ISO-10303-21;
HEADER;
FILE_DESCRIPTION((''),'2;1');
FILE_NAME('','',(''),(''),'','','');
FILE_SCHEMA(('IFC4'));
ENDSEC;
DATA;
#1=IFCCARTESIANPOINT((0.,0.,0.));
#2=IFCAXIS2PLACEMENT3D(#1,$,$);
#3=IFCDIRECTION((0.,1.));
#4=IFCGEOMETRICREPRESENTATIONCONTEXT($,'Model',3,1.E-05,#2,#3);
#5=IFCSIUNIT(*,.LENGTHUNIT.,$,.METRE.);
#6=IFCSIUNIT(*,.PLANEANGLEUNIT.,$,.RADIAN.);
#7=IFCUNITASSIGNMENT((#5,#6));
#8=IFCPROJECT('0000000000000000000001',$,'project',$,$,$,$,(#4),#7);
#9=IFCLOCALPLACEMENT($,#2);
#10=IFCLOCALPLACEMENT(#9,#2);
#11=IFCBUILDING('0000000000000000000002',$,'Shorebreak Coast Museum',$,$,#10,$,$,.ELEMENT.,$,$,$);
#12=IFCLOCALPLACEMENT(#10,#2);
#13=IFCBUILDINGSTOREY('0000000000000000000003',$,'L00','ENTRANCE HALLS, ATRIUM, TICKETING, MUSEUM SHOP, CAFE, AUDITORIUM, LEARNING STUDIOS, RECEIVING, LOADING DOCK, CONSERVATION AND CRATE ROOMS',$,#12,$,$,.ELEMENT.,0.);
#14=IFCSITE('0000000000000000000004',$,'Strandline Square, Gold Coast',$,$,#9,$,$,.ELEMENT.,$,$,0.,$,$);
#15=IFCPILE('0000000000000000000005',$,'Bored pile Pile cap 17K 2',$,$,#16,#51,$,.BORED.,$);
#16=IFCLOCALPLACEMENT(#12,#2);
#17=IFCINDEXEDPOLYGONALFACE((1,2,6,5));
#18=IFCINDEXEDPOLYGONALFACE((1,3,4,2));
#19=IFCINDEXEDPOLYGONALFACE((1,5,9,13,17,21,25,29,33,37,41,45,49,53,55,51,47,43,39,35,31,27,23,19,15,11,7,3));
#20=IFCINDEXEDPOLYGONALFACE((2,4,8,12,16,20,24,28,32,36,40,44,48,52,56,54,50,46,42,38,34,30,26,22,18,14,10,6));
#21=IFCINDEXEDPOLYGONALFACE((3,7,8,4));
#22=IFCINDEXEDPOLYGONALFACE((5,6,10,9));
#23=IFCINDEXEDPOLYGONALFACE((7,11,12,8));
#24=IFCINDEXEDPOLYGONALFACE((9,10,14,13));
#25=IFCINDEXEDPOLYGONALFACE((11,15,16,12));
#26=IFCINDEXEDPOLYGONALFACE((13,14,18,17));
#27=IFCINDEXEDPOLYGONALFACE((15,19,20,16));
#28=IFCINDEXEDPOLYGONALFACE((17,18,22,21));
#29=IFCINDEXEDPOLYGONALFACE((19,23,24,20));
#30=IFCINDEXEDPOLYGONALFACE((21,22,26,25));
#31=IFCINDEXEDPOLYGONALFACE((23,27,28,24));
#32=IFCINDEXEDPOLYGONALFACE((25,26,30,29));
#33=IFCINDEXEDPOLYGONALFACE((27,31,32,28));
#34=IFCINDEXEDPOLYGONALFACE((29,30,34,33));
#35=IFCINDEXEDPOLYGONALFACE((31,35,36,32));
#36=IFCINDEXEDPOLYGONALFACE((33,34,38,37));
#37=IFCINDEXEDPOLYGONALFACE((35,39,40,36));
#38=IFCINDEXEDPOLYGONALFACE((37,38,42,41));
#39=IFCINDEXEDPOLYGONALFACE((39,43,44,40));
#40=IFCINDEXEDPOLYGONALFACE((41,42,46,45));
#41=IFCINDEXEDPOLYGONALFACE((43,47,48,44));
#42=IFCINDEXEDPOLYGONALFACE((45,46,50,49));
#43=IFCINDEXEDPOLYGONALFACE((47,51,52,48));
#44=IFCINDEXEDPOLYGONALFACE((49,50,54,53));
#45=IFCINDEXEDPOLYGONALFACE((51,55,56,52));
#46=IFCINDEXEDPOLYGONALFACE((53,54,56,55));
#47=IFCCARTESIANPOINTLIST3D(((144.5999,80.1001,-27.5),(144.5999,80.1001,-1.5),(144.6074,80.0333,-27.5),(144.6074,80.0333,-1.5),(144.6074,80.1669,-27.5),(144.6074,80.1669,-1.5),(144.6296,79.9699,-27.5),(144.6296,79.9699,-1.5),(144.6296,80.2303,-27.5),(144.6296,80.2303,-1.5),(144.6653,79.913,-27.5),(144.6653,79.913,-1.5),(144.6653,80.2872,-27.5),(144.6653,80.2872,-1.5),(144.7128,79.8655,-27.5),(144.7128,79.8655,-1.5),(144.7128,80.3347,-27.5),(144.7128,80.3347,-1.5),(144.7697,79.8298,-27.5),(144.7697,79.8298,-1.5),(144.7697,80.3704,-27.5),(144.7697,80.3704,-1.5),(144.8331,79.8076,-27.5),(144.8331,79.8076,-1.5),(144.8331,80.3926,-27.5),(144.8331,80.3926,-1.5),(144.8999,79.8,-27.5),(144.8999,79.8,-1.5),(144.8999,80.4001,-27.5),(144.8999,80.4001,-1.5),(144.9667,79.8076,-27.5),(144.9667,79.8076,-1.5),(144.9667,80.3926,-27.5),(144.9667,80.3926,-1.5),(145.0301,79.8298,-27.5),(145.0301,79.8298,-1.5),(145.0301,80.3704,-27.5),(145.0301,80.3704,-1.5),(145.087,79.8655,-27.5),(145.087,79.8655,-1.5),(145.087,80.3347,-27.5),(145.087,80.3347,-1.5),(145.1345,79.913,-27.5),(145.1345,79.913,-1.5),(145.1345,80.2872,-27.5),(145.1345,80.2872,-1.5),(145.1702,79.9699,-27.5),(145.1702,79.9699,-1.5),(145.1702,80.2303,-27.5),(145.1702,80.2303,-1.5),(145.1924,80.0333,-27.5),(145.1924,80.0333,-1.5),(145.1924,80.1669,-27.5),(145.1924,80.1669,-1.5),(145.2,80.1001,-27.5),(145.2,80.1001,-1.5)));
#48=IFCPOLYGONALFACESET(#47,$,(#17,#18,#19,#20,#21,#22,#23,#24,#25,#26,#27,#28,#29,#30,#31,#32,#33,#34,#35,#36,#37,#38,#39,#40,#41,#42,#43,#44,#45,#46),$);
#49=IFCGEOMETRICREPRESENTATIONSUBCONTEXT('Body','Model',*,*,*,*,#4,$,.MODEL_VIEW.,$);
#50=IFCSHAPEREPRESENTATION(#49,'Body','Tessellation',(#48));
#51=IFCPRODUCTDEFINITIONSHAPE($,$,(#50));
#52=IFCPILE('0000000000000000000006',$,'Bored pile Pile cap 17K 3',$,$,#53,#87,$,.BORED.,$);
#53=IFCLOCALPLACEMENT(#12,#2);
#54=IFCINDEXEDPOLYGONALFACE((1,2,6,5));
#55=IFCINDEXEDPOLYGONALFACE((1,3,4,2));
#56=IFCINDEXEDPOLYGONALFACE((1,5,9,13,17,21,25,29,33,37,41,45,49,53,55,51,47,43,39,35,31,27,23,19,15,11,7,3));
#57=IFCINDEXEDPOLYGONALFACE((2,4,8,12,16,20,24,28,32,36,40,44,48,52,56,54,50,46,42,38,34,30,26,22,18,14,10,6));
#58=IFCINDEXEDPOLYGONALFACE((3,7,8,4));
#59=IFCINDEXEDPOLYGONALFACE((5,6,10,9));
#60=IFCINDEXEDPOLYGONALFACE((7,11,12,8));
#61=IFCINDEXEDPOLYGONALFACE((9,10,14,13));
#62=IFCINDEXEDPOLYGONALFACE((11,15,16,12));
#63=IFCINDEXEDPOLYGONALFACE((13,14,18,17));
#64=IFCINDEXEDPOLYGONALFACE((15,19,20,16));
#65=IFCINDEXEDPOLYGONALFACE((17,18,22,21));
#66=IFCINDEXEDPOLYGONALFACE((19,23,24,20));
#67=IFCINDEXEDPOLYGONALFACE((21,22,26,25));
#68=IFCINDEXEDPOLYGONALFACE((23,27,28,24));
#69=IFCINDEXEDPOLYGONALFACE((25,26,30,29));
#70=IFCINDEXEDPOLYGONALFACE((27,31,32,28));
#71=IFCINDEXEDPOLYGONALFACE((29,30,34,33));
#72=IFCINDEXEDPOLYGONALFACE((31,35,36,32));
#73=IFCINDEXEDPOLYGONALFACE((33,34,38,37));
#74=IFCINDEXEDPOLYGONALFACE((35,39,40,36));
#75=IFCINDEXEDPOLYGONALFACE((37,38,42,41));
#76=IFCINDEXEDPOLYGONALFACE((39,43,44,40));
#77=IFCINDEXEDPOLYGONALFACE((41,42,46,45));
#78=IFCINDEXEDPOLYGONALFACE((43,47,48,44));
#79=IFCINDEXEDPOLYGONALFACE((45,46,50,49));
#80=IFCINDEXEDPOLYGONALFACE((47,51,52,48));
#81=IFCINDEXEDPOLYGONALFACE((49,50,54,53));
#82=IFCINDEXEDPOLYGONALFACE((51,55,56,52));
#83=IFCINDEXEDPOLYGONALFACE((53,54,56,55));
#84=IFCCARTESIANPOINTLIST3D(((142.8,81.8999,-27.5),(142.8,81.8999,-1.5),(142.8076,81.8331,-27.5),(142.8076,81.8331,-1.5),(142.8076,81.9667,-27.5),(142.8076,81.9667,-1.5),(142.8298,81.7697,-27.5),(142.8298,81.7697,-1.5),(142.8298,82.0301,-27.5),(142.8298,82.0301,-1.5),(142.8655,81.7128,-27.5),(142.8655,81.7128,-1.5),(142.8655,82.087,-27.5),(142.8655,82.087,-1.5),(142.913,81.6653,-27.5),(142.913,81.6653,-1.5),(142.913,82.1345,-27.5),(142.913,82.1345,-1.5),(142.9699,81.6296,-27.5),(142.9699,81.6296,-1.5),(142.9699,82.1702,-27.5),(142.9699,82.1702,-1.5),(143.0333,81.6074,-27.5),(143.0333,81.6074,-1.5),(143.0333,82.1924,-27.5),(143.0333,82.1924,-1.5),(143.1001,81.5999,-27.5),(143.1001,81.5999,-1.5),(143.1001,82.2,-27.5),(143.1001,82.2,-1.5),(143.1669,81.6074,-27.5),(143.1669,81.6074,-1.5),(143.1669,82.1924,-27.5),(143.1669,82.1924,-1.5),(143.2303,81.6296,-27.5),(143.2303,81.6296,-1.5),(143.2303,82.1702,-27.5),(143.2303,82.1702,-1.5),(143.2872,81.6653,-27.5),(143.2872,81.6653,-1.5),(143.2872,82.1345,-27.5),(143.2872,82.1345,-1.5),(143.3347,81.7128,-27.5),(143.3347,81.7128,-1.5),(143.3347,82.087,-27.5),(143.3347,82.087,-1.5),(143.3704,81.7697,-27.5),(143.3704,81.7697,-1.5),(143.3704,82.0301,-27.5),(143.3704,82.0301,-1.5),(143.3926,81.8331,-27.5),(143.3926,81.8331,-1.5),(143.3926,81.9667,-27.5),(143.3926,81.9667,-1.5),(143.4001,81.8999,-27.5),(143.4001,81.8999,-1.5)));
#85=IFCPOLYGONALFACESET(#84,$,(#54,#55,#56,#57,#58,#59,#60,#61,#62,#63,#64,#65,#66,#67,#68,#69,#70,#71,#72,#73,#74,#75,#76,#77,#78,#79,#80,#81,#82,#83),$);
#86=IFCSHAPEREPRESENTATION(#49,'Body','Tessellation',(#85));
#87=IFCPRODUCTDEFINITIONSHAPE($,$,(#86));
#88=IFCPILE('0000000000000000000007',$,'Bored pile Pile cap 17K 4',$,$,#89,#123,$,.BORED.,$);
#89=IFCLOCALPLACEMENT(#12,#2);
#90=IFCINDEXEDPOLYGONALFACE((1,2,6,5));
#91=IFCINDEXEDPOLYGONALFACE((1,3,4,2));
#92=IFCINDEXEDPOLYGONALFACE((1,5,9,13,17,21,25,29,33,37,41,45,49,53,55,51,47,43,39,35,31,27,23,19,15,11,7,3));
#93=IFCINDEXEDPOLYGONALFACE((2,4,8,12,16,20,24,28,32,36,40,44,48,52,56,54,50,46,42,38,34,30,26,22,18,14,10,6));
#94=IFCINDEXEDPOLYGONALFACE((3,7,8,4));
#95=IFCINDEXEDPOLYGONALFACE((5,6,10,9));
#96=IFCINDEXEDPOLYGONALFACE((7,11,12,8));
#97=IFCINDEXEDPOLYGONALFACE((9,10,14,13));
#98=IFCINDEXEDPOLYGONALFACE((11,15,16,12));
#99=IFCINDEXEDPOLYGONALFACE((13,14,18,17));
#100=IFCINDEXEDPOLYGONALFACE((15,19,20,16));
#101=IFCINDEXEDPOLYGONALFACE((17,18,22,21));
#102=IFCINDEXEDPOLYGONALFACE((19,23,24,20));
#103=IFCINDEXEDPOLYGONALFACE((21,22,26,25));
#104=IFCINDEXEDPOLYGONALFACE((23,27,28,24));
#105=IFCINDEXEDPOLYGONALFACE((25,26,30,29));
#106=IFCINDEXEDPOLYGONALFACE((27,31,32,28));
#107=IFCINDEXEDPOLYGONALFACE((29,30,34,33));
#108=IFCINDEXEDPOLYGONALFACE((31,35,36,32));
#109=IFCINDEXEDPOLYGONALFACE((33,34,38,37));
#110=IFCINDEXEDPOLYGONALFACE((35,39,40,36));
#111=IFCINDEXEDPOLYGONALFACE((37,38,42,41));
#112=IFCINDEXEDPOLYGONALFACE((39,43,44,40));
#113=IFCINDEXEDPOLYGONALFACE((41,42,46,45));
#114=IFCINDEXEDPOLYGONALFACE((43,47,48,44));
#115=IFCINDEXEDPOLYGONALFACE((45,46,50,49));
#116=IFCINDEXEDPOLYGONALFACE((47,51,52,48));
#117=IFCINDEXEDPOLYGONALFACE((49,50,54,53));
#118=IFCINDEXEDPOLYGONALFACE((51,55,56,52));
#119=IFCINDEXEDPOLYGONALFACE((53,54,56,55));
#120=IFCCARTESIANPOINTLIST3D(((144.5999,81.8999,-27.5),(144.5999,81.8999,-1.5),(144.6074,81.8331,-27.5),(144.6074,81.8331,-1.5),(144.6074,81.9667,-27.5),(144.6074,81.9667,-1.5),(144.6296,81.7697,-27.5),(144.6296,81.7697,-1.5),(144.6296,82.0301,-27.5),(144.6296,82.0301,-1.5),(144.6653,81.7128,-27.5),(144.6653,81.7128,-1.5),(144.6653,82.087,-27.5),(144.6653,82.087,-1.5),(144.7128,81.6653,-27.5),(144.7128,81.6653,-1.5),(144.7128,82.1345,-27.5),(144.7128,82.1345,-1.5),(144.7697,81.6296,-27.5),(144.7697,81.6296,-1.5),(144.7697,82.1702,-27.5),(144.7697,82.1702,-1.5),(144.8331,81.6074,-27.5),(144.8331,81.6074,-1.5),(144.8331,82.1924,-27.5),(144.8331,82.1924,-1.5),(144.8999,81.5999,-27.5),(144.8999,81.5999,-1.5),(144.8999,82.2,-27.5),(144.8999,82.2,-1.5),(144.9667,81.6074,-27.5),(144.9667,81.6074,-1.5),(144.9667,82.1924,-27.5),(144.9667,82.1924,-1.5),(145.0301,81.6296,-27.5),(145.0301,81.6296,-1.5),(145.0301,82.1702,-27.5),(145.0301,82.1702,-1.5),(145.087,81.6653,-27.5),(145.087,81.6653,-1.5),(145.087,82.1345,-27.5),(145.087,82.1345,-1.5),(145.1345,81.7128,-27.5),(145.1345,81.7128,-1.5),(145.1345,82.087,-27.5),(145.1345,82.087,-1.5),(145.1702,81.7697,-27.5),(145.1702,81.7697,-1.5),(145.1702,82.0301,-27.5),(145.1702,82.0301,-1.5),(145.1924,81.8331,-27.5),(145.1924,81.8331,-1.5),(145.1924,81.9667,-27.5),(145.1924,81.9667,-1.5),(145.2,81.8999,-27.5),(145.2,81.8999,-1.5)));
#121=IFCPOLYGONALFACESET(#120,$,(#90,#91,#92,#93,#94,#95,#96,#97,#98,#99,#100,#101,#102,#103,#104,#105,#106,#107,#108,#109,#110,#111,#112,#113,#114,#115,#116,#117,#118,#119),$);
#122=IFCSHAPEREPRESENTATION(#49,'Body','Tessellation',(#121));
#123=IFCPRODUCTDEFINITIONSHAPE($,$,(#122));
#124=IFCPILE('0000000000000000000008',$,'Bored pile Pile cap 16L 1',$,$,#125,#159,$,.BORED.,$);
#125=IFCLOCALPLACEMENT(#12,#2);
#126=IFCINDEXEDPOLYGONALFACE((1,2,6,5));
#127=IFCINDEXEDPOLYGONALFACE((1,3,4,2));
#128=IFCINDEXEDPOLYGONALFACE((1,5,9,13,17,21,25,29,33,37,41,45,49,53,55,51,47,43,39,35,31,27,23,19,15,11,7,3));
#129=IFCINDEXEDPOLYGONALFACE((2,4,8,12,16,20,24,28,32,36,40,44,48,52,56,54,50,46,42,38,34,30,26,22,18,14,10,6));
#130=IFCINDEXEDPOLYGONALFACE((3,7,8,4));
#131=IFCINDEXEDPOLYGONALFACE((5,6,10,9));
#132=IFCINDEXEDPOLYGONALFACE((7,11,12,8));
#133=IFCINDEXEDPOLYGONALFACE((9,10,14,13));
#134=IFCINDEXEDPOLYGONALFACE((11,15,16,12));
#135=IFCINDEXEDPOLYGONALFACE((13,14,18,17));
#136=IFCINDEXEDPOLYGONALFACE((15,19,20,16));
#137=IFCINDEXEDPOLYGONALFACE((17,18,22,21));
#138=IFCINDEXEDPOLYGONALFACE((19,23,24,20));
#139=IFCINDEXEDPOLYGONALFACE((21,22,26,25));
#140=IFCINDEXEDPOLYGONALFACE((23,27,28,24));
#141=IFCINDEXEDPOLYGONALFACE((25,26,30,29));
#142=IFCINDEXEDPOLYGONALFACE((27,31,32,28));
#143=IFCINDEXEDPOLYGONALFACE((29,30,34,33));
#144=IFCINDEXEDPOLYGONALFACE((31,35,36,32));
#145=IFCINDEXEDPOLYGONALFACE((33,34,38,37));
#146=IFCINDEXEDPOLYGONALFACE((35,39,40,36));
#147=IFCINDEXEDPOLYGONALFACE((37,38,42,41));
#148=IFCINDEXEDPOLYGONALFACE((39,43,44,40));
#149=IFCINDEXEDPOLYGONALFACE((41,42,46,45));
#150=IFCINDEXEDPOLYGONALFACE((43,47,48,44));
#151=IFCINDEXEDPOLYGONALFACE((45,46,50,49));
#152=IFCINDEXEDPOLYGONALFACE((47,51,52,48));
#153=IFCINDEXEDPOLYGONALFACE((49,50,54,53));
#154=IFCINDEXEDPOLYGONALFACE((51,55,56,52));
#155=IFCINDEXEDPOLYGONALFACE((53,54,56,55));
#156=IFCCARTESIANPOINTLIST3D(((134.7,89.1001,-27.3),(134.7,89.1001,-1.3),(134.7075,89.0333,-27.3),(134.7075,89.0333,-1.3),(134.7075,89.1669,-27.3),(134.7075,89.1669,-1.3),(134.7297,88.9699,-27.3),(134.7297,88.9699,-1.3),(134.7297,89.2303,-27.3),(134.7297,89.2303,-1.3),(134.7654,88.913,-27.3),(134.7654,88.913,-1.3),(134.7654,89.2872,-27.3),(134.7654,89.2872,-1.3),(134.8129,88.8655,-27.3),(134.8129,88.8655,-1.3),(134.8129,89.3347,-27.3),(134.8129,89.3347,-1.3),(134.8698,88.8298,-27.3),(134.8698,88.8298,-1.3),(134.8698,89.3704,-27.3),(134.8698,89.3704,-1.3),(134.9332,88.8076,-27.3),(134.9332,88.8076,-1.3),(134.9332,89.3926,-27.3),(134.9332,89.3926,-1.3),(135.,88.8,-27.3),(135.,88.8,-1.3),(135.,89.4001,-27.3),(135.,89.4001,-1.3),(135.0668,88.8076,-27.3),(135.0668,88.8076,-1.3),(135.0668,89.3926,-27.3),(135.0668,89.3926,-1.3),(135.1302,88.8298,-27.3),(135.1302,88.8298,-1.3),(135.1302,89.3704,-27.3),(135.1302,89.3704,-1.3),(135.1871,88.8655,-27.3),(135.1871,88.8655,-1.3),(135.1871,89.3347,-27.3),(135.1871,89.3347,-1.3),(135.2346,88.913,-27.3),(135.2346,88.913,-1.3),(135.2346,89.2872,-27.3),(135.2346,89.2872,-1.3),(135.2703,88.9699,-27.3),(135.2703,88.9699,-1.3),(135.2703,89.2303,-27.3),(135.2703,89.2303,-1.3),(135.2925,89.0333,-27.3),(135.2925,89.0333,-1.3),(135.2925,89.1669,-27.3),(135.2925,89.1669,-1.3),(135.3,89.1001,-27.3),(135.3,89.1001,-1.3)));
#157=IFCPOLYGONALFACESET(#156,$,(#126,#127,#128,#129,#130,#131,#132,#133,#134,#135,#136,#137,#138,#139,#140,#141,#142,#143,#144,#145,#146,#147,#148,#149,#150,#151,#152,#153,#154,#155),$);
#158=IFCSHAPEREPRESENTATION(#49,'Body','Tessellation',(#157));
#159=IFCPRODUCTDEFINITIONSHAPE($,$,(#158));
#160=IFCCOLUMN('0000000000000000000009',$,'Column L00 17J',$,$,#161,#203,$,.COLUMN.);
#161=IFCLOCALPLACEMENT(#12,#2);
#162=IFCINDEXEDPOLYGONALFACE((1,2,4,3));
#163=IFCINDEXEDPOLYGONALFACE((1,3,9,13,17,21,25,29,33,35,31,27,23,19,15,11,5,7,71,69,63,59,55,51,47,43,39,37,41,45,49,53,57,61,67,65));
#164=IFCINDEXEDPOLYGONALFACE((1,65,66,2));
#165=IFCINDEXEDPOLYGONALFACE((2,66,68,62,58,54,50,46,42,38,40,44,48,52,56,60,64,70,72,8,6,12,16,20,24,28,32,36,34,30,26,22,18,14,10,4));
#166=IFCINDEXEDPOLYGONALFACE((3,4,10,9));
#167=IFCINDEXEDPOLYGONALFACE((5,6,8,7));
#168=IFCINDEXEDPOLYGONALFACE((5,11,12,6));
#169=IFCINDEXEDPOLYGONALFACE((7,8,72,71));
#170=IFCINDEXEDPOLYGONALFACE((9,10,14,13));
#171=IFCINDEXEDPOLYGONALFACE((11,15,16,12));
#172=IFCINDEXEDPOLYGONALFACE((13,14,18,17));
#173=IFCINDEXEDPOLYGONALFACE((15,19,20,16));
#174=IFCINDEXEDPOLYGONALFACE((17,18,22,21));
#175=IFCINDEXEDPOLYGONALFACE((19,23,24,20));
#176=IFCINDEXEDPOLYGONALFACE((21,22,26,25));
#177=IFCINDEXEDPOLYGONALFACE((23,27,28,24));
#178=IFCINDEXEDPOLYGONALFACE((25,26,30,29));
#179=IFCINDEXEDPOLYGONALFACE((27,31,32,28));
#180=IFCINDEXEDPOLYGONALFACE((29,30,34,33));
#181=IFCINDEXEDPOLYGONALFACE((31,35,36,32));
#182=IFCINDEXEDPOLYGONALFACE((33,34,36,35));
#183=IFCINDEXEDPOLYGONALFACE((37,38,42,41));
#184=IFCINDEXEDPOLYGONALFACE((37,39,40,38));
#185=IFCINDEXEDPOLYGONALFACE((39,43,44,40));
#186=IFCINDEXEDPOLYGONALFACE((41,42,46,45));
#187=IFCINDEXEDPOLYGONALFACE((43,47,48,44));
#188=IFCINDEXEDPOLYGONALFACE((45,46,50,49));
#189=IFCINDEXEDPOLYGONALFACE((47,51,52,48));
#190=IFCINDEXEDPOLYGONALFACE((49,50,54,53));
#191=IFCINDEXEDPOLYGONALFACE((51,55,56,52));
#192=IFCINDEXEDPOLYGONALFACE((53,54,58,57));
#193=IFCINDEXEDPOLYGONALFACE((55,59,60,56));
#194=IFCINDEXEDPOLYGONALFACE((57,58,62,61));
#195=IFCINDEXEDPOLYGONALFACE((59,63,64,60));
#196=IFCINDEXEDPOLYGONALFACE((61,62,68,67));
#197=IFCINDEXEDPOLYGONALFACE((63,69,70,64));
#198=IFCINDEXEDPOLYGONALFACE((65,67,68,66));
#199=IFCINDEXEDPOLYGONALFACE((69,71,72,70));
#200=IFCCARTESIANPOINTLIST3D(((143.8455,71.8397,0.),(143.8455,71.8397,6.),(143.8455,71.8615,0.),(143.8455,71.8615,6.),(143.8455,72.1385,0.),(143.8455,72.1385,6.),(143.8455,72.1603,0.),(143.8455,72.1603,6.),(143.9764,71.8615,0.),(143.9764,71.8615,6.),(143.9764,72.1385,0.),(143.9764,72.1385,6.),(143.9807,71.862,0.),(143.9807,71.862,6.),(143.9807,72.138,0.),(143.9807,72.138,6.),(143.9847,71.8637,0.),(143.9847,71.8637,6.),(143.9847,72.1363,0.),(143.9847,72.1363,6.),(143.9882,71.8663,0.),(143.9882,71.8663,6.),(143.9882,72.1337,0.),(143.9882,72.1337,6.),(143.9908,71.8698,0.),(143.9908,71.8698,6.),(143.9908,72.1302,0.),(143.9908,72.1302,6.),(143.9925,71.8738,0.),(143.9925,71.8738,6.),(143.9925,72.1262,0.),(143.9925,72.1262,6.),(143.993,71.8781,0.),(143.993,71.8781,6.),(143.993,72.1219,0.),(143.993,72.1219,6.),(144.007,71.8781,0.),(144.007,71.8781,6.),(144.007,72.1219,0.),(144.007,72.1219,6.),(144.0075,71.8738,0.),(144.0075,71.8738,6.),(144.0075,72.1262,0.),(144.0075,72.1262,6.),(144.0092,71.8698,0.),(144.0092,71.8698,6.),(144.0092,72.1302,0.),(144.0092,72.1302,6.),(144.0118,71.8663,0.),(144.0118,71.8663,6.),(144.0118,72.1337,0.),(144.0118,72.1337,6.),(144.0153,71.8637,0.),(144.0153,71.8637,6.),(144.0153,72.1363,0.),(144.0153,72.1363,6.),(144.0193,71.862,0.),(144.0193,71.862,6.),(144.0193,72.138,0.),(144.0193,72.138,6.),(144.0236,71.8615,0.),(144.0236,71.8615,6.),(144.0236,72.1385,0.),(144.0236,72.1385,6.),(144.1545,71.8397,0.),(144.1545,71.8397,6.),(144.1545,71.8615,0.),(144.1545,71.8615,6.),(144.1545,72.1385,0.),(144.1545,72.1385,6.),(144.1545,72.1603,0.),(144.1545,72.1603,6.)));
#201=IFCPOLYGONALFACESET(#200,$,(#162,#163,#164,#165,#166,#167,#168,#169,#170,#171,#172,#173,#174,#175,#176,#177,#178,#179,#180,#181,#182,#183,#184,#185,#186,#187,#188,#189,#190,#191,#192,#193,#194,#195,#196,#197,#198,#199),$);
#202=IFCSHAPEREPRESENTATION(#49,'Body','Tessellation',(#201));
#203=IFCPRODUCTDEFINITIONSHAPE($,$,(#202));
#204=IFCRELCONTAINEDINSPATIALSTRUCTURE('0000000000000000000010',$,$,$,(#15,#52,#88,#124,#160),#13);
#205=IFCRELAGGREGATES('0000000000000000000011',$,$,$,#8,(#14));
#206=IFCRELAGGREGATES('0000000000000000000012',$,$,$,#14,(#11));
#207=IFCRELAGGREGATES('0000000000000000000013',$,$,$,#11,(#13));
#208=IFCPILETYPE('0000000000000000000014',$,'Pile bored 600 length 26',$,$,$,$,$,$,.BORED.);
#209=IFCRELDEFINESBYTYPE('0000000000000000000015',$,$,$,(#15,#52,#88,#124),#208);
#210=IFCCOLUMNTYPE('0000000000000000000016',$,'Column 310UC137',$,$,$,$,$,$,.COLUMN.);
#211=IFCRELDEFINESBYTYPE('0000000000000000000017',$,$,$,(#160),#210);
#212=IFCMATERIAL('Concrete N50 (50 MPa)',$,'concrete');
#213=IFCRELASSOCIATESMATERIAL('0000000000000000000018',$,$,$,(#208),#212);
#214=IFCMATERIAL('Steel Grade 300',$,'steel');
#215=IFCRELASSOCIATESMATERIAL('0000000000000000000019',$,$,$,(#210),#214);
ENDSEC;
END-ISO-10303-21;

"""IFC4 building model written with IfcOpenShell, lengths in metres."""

from ifc_helpers import new_model, si_unit, direction, frame, origin, origin_2d, place, context, subcontext, project, spatial, circle, i_section, extrude, material, material_profile, profile_set, type_object, element, save


model = new_model("IFC4")

# Units and contexts
model_context = context("Model", 3, precision=1e-05, world=origin(), true_north=direction((0.0, 1.0)))
body_context = subcontext(model_context, "Body", "Model", "MODEL_VIEW")
ifc_project = project(units=[si_unit("LENGTHUNIT", "METRE"), si_unit("PLANEANGLEUNIT", "RADIAN")], contexts=[model_context])

# Site, building, storey
site_placement = place(None, origin())
site = spatial("IfcSite", under=ifc_project, at=site_placement, Name="Strandline Square, Gold Coast", CompositionType="ELEMENT", RefElevation=0.0)
building_placement = place(site_placement, origin())
building = spatial("IfcBuilding", under=site, at=building_placement, Name="Shorebreak Coast Museum", CompositionType="ELEMENT")
storey_placement = place(building_placement, origin())
storey = spatial("IfcBuildingStorey", under=building, at=storey_placement, Name="L00", Description="ENTRANCE HALLS, ATRIUM, TICKETING, MUSEUM SHOP, CAFE, AUDITORIUM, LEARNING STUDIOS, RECEIVING, LOADING DOCK, CONSERVATION AND CRATE ROOMS", CompositionType="ELEMENT", Elevation=0.0)

# Piles
ifc_material_1 = material(Name="Concrete N50 (50 MPa)", Category="concrete")
ifc_material_profile_1 = material_profile(ifc_material_1, circle(Radius=0.3, at=origin_2d()), Name="Pile bored 600 length 26")
ifc_profile_set_1 = profile_set([ifc_material_profile_1], Name="Concrete N50 (50 MPa)")
pile_type = type_object("IfcPileType", Name="Pile bored 600 length 26", PredefinedType="BORED", material=ifc_profile_set_1)
for number, where, z_axis, x_axis, name in (
    (1, (144.8999, 80.1001, -1.5), (0.0, 0.0, -1.0), (1.0, 0.0, 0.0), "Bored pile Pile cap 17K 2"),
    (2, (143.1001, 81.8999, -1.5), (0.0, 0.0, -1.0), (1.0, 0.0, 0.0), "Bored pile Pile cap 17K 3"),
    (3, (144.8999, 81.8999, -1.5), (0.0, 0.0, -1.0), (1.0, 0.0, 0.0), "Bored pile Pile cap 17K 4"),
    (4, (135.0, 89.1001, -1.3), (0.0, 0.0, -1.0), (1.0, 0.0, 0.0), "Bored pile Pile cap 16L 1"),
):
    element("IfcPile", number, at=place(storey_placement, frame(where, z_axis=z_axis, x_axis=x_axis)), inside=storey, type_object=pile_type, Name=name, PredefinedType="BORED", context=body_context, shape_type="SweptSolid", body=[
        extrude(circle(Radius=0.3, at=origin_2d()), origin(), (0.0, 0.0, 1.0), 26.0),
    ])

# Column
ifc_material_2 = material(Name="Steel Grade 300", Category="steel")
ifc_material_profile_2 = material_profile(ifc_material_2, i_section(OverallWidth=0.3091, OverallDepth=0.3206, WebThickness=0.0139, FlangeThickness=0.0217, FilletRadius=0.0166, at=origin_2d()), Name="310UC137")
ifc_profile_set_2 = profile_set([ifc_material_profile_2], Name="Steel Grade 300")
column_type = type_object("IfcColumnType", Name="Column 310UC137", PredefinedType="COLUMN", material=ifc_profile_set_2)
for number, where, z_axis, x_axis, name in (
    (5, (144.0, 72.0, 0.0), (0.0, 0.0, 1.0), (1.0, 0.0, 0.0), "Column L00 17J"),
):
    element("IfcColumn", number, at=place(storey_placement, frame(where, z_axis=z_axis, x_axis=x_axis)), inside=storey, type_object=column_type, Name=name, PredefinedType="COLUMN", context=body_context, shape_type="SweptSolid", body=[
        extrude(i_section(OverallWidth=0.3091, OverallDepth=0.3206, WebThickness=0.0139, FlangeThickness=0.0217, FilletRadius=0.0166, at=origin_2d()), origin(), (0.0, 0.0, 1.0), 6.0),
    ])

save(model, "model.ifc")
